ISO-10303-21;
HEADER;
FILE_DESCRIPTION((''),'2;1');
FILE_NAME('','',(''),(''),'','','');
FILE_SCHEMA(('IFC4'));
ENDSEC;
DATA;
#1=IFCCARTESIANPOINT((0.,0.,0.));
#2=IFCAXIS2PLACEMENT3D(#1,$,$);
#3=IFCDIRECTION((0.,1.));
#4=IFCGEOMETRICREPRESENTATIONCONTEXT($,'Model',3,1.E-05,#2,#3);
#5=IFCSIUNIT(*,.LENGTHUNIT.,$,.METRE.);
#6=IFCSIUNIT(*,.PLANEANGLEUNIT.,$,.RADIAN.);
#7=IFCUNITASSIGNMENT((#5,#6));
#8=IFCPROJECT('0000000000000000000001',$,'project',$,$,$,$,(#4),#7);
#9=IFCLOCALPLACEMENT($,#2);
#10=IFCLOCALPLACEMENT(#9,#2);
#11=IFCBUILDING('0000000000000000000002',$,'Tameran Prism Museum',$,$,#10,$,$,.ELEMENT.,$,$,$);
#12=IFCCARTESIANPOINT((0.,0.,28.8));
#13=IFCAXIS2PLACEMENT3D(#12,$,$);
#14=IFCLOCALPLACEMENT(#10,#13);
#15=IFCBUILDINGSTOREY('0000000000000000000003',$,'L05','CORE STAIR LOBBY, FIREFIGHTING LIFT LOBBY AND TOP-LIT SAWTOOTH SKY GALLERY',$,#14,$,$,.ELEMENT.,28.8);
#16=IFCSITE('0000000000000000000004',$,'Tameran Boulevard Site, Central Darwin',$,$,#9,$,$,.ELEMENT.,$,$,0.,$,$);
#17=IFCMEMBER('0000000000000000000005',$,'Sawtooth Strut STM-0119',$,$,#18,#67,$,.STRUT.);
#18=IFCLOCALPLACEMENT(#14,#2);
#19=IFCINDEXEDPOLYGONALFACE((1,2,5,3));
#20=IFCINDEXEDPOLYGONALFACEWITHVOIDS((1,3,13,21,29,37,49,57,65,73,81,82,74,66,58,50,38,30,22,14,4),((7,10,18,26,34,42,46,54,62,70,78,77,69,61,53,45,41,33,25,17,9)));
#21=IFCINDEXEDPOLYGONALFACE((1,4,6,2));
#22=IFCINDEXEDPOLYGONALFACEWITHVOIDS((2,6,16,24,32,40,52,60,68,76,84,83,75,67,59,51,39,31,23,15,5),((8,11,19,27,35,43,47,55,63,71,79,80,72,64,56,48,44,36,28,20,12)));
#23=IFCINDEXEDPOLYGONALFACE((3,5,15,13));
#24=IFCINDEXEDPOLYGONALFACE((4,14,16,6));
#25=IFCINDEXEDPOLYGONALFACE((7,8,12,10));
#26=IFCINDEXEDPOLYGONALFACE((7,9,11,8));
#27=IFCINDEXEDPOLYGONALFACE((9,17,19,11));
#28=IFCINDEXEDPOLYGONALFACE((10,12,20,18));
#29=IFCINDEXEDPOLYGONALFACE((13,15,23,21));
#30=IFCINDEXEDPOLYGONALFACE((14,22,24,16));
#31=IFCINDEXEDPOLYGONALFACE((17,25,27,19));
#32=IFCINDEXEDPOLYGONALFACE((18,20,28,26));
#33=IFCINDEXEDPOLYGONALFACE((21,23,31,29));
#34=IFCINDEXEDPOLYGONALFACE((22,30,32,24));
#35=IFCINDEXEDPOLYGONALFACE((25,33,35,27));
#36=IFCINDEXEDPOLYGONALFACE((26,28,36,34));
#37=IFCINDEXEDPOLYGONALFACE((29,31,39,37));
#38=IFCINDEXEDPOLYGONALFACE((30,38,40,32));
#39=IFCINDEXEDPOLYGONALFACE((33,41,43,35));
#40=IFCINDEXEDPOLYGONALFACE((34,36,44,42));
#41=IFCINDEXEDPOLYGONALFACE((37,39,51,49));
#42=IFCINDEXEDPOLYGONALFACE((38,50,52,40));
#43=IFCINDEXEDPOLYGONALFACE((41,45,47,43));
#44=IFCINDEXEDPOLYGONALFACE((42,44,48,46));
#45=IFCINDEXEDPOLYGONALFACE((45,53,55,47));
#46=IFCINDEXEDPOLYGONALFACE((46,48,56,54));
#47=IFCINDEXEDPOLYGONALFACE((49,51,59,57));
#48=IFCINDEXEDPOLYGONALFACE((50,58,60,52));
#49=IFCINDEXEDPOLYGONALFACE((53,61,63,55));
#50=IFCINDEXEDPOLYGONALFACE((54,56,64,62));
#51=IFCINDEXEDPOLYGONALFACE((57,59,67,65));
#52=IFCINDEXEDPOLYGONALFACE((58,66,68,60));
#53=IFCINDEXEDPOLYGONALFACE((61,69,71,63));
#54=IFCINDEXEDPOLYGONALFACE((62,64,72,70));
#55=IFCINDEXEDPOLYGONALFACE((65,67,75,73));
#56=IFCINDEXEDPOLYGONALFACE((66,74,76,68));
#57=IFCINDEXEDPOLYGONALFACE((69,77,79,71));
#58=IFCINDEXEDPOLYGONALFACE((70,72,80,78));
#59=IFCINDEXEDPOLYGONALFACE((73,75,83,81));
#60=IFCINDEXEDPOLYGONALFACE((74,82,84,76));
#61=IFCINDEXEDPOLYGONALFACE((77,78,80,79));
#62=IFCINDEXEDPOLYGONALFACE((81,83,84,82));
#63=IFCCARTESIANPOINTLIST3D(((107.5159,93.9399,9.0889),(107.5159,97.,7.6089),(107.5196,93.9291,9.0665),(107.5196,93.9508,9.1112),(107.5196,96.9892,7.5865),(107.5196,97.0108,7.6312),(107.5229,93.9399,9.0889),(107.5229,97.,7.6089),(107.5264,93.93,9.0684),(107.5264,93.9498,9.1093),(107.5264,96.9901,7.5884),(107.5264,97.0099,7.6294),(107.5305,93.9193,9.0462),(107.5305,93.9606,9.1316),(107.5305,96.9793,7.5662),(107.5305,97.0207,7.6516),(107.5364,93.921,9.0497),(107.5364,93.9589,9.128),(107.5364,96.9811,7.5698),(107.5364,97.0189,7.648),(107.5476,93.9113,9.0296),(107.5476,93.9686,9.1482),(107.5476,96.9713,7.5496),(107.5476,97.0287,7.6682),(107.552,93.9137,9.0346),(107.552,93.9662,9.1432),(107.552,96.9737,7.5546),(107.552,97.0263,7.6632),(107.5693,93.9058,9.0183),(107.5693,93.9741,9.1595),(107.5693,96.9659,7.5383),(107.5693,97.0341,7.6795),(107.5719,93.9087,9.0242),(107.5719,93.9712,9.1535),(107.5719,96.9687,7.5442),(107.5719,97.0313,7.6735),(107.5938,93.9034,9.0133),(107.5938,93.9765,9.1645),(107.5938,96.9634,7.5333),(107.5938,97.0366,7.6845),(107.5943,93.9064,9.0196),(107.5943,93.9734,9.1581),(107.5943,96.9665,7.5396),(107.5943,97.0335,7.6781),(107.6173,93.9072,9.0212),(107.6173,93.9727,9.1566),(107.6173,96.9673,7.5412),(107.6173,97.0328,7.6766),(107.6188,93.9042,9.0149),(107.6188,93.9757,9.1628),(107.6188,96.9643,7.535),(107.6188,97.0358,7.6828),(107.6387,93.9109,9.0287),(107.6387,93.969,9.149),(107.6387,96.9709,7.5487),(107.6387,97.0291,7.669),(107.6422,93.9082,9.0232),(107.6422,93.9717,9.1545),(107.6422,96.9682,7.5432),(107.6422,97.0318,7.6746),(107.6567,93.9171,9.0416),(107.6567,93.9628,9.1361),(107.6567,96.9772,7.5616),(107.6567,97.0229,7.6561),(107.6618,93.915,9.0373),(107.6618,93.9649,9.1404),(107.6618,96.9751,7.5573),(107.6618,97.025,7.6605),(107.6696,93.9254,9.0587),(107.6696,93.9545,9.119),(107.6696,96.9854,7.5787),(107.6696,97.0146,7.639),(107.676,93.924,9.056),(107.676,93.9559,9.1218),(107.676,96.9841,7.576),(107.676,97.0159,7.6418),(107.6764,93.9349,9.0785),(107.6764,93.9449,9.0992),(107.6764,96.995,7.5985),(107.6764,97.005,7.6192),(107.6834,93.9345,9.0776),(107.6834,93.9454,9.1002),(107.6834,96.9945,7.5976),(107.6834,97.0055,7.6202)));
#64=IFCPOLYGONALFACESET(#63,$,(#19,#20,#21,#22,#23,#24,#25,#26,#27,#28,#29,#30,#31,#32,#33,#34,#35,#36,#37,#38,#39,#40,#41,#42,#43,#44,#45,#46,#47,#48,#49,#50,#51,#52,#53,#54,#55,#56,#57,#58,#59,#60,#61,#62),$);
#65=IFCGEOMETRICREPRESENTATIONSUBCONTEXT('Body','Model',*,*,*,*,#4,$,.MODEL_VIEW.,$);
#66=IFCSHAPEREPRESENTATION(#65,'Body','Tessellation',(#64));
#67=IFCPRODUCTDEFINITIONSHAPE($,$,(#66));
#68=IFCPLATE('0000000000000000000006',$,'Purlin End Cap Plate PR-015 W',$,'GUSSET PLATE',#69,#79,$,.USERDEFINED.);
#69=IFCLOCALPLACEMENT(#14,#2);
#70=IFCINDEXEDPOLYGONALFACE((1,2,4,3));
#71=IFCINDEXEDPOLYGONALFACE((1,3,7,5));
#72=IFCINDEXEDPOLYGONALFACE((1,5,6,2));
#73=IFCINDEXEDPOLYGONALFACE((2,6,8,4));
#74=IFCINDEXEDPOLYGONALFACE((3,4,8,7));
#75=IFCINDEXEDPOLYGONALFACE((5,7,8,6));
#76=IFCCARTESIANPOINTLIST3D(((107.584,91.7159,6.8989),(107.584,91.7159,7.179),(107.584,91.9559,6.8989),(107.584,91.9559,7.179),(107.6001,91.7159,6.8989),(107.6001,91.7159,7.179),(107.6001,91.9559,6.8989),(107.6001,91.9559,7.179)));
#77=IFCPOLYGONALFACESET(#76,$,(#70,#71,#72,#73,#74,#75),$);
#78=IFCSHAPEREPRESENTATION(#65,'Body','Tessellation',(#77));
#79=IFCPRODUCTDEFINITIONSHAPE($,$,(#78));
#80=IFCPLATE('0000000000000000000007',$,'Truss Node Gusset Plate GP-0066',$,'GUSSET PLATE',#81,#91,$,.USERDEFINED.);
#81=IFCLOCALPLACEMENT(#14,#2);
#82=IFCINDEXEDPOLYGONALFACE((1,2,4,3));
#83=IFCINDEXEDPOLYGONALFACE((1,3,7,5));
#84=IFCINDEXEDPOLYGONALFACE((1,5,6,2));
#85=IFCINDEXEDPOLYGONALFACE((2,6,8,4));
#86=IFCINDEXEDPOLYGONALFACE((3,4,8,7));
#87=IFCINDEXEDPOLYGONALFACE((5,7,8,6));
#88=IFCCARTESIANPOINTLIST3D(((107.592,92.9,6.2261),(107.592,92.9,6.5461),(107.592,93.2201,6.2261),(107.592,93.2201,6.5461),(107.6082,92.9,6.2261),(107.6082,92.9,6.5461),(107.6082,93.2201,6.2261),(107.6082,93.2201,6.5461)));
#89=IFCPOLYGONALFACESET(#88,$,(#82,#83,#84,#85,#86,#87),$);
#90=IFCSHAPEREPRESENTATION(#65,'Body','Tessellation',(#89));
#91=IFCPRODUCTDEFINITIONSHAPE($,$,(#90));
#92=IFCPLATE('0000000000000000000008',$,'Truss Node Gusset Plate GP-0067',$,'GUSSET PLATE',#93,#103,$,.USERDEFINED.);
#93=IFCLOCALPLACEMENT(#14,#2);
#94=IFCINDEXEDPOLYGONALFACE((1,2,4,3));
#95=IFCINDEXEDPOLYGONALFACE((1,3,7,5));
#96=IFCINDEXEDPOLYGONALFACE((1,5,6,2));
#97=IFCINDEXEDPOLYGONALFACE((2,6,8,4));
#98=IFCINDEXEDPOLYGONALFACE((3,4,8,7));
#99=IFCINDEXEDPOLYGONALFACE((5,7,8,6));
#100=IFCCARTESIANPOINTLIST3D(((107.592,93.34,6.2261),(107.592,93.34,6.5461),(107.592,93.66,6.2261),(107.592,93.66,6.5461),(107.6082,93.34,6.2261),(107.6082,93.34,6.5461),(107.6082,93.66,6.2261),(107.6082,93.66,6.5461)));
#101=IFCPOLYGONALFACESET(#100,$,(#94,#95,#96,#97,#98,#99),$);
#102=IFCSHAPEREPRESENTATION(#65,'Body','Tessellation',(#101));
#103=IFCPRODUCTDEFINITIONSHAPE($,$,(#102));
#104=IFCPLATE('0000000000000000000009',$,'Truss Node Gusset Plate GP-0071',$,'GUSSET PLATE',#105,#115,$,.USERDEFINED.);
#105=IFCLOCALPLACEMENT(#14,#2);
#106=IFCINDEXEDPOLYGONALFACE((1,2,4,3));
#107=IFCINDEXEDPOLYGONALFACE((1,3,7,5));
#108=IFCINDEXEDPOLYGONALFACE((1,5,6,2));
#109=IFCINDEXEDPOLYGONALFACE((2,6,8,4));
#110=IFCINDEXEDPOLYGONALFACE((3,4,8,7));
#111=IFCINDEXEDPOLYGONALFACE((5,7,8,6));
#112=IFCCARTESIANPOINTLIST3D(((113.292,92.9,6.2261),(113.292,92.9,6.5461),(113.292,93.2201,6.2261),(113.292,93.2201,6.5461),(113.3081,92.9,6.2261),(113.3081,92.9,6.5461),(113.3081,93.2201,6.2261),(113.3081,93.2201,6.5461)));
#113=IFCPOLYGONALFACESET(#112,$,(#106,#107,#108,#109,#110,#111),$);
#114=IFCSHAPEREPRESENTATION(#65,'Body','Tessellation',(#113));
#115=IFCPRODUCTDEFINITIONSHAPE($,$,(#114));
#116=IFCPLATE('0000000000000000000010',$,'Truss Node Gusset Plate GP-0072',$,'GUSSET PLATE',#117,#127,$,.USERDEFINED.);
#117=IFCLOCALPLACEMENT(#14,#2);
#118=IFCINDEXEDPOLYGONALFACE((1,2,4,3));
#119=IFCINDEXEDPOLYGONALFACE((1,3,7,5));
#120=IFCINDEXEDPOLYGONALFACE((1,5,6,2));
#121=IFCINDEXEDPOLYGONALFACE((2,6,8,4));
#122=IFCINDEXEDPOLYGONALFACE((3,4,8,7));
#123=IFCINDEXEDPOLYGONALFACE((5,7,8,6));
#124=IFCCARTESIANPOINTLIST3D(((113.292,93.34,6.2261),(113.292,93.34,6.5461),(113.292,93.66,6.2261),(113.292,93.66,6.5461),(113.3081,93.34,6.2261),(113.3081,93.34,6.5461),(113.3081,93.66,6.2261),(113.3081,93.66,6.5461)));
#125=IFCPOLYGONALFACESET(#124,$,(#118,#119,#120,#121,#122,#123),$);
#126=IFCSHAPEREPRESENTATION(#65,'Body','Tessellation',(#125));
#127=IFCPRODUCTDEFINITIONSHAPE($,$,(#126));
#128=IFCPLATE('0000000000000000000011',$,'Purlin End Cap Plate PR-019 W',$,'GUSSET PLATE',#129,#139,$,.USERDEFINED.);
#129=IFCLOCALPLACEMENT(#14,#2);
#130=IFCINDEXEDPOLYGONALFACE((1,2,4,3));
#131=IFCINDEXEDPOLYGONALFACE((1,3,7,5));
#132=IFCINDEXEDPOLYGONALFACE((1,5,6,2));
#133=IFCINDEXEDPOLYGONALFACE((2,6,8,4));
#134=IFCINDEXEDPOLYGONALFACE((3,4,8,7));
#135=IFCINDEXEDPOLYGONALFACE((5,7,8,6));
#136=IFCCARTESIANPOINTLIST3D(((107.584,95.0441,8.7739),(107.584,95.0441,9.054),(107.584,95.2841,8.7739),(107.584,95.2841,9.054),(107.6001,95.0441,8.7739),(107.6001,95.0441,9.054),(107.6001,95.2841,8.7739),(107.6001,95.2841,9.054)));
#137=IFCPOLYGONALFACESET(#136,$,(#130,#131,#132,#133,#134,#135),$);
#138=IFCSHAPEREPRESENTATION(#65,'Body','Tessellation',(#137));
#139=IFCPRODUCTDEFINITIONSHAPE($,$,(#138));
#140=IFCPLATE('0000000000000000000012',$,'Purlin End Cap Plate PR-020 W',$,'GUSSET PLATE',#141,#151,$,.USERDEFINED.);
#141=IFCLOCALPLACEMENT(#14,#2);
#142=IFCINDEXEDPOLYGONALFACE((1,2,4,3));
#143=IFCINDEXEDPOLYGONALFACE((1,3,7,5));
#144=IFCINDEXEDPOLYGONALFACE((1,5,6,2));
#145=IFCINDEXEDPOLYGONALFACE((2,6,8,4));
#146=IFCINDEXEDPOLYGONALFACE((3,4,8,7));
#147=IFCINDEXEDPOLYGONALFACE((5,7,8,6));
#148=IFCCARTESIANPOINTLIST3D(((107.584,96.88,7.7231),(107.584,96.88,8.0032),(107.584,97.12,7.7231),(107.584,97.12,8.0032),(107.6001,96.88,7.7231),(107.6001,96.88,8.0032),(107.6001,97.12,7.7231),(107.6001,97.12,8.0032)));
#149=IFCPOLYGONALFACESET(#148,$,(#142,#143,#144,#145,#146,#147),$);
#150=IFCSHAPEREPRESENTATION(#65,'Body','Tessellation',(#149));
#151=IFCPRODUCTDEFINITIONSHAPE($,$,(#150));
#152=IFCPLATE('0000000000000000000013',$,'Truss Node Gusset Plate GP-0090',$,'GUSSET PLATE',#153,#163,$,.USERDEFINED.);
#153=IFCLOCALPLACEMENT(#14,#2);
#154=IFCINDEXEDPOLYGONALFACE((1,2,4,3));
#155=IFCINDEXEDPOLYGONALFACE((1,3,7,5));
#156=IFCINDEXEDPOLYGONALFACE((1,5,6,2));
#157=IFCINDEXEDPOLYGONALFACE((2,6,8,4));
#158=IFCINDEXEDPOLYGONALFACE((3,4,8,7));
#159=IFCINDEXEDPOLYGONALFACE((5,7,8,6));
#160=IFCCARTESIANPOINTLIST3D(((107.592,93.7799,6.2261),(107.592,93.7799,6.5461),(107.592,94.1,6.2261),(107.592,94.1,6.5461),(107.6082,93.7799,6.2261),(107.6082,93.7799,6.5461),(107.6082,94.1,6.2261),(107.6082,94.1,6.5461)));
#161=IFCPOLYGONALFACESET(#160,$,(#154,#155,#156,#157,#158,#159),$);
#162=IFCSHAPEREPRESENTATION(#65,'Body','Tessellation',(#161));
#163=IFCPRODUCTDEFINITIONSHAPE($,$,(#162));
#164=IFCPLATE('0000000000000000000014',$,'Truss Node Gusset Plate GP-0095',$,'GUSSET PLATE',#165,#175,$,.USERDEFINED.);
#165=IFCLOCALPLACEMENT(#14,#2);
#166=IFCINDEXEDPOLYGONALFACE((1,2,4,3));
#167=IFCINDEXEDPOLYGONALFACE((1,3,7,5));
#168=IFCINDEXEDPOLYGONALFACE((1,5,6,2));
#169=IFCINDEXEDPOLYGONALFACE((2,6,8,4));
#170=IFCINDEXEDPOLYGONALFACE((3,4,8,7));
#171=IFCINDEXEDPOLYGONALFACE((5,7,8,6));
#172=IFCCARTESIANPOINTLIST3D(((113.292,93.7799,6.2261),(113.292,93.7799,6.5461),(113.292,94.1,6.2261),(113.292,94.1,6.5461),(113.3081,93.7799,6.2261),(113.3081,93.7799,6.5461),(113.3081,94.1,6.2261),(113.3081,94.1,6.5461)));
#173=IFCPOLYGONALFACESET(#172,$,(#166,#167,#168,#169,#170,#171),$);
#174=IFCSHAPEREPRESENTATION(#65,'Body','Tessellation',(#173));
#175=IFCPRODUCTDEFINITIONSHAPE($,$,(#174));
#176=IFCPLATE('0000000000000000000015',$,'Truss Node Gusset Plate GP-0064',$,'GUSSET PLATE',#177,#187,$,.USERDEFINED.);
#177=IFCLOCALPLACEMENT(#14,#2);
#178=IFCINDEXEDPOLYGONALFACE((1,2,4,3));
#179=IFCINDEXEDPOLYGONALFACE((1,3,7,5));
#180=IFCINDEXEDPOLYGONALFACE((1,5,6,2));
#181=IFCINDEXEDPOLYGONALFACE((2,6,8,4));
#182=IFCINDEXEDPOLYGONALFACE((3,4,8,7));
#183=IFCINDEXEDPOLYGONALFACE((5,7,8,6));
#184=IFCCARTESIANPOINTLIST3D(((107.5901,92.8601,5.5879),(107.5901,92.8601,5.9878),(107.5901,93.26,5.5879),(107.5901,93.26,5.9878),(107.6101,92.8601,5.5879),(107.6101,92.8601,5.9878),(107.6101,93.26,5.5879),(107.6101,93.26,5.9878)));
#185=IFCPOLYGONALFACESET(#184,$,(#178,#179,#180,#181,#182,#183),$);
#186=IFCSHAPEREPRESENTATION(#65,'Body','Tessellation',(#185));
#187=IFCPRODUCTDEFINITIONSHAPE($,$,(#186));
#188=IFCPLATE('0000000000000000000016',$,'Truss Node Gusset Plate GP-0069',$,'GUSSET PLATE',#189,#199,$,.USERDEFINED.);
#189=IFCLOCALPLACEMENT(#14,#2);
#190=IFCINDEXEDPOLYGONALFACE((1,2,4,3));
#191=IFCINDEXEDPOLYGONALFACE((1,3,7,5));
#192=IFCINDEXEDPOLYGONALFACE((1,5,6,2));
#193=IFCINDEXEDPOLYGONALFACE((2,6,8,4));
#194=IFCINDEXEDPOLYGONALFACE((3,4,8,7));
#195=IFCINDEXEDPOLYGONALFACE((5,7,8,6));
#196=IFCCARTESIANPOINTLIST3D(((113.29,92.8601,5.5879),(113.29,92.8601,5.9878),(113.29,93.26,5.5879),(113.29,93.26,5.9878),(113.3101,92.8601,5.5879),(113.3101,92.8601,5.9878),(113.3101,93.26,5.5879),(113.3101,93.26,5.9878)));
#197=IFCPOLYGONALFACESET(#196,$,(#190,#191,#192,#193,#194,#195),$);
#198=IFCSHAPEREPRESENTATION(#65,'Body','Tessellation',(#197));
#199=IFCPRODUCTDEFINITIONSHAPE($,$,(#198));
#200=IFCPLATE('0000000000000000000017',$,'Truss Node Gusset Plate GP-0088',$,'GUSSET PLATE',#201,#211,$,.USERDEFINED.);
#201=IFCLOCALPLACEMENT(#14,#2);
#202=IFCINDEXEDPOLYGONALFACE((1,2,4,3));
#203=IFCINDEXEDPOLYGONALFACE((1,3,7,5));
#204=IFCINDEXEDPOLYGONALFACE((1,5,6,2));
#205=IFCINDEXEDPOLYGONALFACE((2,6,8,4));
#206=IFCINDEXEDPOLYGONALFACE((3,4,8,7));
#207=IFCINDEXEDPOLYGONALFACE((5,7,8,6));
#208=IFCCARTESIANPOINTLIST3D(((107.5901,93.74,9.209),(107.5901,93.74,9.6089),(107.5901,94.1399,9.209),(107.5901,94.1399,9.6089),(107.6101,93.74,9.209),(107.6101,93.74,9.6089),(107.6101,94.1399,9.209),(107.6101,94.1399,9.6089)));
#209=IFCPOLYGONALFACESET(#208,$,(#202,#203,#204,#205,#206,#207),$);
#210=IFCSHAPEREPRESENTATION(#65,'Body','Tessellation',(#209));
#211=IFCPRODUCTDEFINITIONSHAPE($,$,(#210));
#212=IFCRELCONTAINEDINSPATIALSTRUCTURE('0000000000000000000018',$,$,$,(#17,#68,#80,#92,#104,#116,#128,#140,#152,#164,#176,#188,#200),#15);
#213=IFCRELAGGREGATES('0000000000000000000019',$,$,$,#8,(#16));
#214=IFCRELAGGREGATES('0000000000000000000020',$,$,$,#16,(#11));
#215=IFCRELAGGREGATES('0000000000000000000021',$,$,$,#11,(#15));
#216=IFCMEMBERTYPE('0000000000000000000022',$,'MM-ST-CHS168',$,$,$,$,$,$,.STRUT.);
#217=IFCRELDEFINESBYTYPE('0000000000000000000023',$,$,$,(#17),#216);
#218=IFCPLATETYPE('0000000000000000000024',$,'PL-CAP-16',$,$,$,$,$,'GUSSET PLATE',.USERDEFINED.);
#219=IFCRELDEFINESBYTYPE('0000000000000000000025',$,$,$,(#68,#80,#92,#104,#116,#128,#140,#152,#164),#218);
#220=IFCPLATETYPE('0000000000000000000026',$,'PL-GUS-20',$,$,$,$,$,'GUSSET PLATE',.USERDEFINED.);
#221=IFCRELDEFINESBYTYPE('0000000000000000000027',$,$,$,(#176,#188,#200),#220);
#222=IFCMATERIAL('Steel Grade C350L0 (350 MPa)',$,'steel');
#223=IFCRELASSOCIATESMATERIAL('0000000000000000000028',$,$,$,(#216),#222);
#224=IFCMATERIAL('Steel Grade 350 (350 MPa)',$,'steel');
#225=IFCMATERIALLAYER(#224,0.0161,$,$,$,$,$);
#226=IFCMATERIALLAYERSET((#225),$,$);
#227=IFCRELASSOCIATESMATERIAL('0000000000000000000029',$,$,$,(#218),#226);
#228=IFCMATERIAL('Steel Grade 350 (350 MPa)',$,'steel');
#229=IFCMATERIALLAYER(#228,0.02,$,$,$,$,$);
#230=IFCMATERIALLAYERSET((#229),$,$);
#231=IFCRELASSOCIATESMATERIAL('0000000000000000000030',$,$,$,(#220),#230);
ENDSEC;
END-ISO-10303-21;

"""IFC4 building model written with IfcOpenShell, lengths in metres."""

from ifc_helpers import new_model, si_unit, direction, frame, origin, origin_2d, place, context, subcontext, project, spatial, rectangle, hollow_circle, extrude, material, layer, layer_set, material_profile, profile_set, type_object, element, save


model = new_model("IFC4")

# Units and contexts
model_context = context("Model", 3, precision=1e-05, world=origin(), true_north=direction((0.0, 1.0)))
body_context = subcontext(model_context, "Body", "Model", "MODEL_VIEW")
ifc_project = project(units=[si_unit("LENGTHUNIT", "METRE"), si_unit("PLANEANGLEUNIT", "RADIAN")], contexts=[model_context])

# Site, building, storey
site_placement = place(None, origin())
site = spatial("IfcSite", under=ifc_project, at=site_placement, Name="Tameran Boulevard Site, Central Darwin", CompositionType="ELEMENT", RefElevation=0.0)
building_placement = place(site_placement, origin())
building = spatial("IfcBuilding", under=site, at=building_placement, Name="Tameran Prism Museum", CompositionType="ELEMENT")
storey_placement = place(building_placement, frame((0.0, 0.0, 28.8)))
storey = spatial("IfcBuildingStorey", under=building, at=storey_placement, Name="L05", Description="CORE STAIR LOBBY, FIREFIGHTING LIFT LOBBY AND TOP-LIT SAWTOOTH SKY GALLERY", CompositionType="ELEMENT", Elevation=28.8)

# Member
ifc_material_1 = material(Name="Steel Grade C350L0 (350 MPa)", Category="steel")
ifc_material_profile_1 = material_profile(ifc_material_1, hollow_circle(Radius=0.0842, WallThickness=0.0071, at=origin_2d()))
ifc_profile_set_1 = profile_set([ifc_material_profile_1])
member_type_1 = type_object("IfcMemberType", Name="MM-ST-CHS168", PredefinedType="STRUT", material=ifc_profile_set_1)
member_1_placement = place(storey_placement, frame((107.6001, 93.9399, 9.0889), z_axis=(0.0, 0.900239, -0.435396), x_axis=(-1.0, 0.0, 0.0)))
element("IfcMember", 1, at=member_1_placement, inside=storey, type_object=member_type_1, Name="Sawtooth Strut STM-0119", PredefinedType="STRUT", context=body_context, shape_type="SweptSolid", body=[
    extrude(hollow_circle(Radius=0.0842, WallThickness=0.0071, at=origin_2d()), origin(), (0.0, 0.0, 1.0), 3.3992),
])

# Plates
ifc_material_2 = material(Name="Steel Grade 350 (350 MPa)", Category="steel")
ifc_layer_1 = layer(ifc_material_2, 0.0161)
ifc_layer_set_1 = layer_set([ifc_layer_1])
plate_type_1 = type_object("IfcPlateType", Name="PL-CAP-16", ElementType="GUSSET PLATE", PredefinedType="USERDEFINED", material=ifc_layer_set_1)
plate_placement = place(storey_placement, frame((107.592, 91.8359, 6.8989), z_axis=(0.0, 0.0, 1.0), x_axis=(1.0, 0.0, 0.0)))
element("IfcPlate", 2, at=plate_placement, inside=storey, type_object=plate_type_1, Name="Purlin End Cap Plate PR-015 W", ObjectType="GUSSET PLATE", PredefinedType="USERDEFINED", context=body_context, shape_type="SweptSolid", body=[
    extrude(rectangle(XDim=0.0161, YDim=0.24, at=origin_2d()), origin(), (0.0, 0.0, 1.0), 0.28),
])
for number, where, z_axis, x_axis, name in (
    (3, (107.6001, 93.0601, 6.2261), (0.0, 0.0, 1.0), (1.0, 0.0, 0.0), "Truss Node Gusset Plate GP-0066"),
    (4, (107.6001, 93.5, 6.2261), (0.0, 0.0, 1.0), (1.0, 0.0, 0.0), "Truss Node Gusset Plate GP-0067"),
    (5, (113.3, 93.0601, 6.2261), (0.0, 0.0, 1.0), (1.0, 0.0, 0.0), "Truss Node Gusset Plate GP-0071"),
    (6, (113.3, 93.5, 6.2261), (0.0, 0.0, 1.0), (1.0, 0.0, 0.0), "Truss Node Gusset Plate GP-0072"),
):
    element("IfcPlate", number, at=place(storey_placement, frame(where, z_axis=z_axis, x_axis=x_axis)), inside=storey, type_object=plate_type_1, Name=name, ObjectType="GUSSET PLATE", PredefinedType="USERDEFINED", context=body_context, shape_type="SweptSolid", body=[
        extrude(rectangle(XDim=0.0161, YDim=0.3201, at=origin_2d()), origin(), (0.0, 0.0, 1.0), 0.3201),
    ])
for number, where, z_axis, x_axis, name in (
    (7, (107.592, 95.1641, 8.7739), (0.0, 0.0, 1.0), (1.0, 0.0, 0.0), "Purlin End Cap Plate PR-019 W"),
    (8, (107.592, 97.0, 7.7231), (0.0, 0.0, 1.0), (1.0, 0.0, 0.0), "Purlin End Cap Plate PR-020 W"),
):
    element("IfcPlate", number, at=place(storey_placement, frame(where, z_axis=z_axis, x_axis=x_axis)), inside=storey, type_object=plate_type_1, Name=name, ObjectType="GUSSET PLATE", PredefinedType="USERDEFINED", context=body_context, shape_type="SweptSolid", body=[
        extrude(rectangle(XDim=0.0161, YDim=0.24, at=origin_2d()), origin(), (0.0, 0.0, 1.0), 0.28),
    ])
for number, where, z_axis, x_axis, name in (
    (9, (107.6001, 93.9399, 6.2261), (0.0, 0.0, 1.0), (1.0, 0.0, 0.0), "Truss Node Gusset Plate GP-0090"),
    (10, (113.3, 93.9399, 6.2261), (0.0, 0.0, 1.0), (1.0, 0.0, 0.0), "Truss Node Gusset Plate GP-0095"),
):
    element("IfcPlate", number, at=place(storey_placement, frame(where, z_axis=z_axis, x_axis=x_axis)), inside=storey, type_object=plate_type_1, Name=name, ObjectType="GUSSET PLATE", PredefinedType="USERDEFINED", context=body_context, shape_type="SweptSolid", body=[
        extrude(rectangle(XDim=0.0161, YDim=0.3201, at=origin_2d()), origin(), (0.0, 0.0, 1.0), 0.3201),
    ])
ifc_material_3 = material(Name="Steel Grade 350 (350 MPa)", Category="steel")
ifc_layer_2 = layer(ifc_material_3, 0.02)
ifc_layer_set_2 = layer_set([ifc_layer_2])
plate_type_2 = type_object("IfcPlateType", Name="PL-GUS-20", ElementType="GUSSET PLATE", PredefinedType="USERDEFINED", material=ifc_layer_set_2)
for number, where, z_axis, x_axis, name in (
    (11, (107.6001, 93.0601, 5.5879), (0.0, 0.0, 1.0), (1.0, 0.0, 0.0), "Truss Node Gusset Plate GP-0064"),
    (12, (113.3, 93.0601, 5.5879), (0.0, 0.0, 1.0), (1.0, 0.0, 0.0), "Truss Node Gusset Plate GP-0069"),
    (13, (107.6001, 93.9399, 9.209), (0.0, 0.0, 1.0), (1.0, 0.0, 0.0), "Truss Node Gusset Plate GP-0088"),
):
    element("IfcPlate", number, at=place(storey_placement, frame(where, z_axis=z_axis, x_axis=x_axis)), inside=storey, type_object=plate_type_2, Name=name, ObjectType="GUSSET PLATE", PredefinedType="USERDEFINED", context=body_context, shape_type="SweptSolid", body=[
        extrude(rectangle(XDim=0.02, YDim=0.3999, at=origin_2d()), origin(), (0.0, 0.0, 1.0), 0.3999),
    ])

save(model, "model.ifc")
